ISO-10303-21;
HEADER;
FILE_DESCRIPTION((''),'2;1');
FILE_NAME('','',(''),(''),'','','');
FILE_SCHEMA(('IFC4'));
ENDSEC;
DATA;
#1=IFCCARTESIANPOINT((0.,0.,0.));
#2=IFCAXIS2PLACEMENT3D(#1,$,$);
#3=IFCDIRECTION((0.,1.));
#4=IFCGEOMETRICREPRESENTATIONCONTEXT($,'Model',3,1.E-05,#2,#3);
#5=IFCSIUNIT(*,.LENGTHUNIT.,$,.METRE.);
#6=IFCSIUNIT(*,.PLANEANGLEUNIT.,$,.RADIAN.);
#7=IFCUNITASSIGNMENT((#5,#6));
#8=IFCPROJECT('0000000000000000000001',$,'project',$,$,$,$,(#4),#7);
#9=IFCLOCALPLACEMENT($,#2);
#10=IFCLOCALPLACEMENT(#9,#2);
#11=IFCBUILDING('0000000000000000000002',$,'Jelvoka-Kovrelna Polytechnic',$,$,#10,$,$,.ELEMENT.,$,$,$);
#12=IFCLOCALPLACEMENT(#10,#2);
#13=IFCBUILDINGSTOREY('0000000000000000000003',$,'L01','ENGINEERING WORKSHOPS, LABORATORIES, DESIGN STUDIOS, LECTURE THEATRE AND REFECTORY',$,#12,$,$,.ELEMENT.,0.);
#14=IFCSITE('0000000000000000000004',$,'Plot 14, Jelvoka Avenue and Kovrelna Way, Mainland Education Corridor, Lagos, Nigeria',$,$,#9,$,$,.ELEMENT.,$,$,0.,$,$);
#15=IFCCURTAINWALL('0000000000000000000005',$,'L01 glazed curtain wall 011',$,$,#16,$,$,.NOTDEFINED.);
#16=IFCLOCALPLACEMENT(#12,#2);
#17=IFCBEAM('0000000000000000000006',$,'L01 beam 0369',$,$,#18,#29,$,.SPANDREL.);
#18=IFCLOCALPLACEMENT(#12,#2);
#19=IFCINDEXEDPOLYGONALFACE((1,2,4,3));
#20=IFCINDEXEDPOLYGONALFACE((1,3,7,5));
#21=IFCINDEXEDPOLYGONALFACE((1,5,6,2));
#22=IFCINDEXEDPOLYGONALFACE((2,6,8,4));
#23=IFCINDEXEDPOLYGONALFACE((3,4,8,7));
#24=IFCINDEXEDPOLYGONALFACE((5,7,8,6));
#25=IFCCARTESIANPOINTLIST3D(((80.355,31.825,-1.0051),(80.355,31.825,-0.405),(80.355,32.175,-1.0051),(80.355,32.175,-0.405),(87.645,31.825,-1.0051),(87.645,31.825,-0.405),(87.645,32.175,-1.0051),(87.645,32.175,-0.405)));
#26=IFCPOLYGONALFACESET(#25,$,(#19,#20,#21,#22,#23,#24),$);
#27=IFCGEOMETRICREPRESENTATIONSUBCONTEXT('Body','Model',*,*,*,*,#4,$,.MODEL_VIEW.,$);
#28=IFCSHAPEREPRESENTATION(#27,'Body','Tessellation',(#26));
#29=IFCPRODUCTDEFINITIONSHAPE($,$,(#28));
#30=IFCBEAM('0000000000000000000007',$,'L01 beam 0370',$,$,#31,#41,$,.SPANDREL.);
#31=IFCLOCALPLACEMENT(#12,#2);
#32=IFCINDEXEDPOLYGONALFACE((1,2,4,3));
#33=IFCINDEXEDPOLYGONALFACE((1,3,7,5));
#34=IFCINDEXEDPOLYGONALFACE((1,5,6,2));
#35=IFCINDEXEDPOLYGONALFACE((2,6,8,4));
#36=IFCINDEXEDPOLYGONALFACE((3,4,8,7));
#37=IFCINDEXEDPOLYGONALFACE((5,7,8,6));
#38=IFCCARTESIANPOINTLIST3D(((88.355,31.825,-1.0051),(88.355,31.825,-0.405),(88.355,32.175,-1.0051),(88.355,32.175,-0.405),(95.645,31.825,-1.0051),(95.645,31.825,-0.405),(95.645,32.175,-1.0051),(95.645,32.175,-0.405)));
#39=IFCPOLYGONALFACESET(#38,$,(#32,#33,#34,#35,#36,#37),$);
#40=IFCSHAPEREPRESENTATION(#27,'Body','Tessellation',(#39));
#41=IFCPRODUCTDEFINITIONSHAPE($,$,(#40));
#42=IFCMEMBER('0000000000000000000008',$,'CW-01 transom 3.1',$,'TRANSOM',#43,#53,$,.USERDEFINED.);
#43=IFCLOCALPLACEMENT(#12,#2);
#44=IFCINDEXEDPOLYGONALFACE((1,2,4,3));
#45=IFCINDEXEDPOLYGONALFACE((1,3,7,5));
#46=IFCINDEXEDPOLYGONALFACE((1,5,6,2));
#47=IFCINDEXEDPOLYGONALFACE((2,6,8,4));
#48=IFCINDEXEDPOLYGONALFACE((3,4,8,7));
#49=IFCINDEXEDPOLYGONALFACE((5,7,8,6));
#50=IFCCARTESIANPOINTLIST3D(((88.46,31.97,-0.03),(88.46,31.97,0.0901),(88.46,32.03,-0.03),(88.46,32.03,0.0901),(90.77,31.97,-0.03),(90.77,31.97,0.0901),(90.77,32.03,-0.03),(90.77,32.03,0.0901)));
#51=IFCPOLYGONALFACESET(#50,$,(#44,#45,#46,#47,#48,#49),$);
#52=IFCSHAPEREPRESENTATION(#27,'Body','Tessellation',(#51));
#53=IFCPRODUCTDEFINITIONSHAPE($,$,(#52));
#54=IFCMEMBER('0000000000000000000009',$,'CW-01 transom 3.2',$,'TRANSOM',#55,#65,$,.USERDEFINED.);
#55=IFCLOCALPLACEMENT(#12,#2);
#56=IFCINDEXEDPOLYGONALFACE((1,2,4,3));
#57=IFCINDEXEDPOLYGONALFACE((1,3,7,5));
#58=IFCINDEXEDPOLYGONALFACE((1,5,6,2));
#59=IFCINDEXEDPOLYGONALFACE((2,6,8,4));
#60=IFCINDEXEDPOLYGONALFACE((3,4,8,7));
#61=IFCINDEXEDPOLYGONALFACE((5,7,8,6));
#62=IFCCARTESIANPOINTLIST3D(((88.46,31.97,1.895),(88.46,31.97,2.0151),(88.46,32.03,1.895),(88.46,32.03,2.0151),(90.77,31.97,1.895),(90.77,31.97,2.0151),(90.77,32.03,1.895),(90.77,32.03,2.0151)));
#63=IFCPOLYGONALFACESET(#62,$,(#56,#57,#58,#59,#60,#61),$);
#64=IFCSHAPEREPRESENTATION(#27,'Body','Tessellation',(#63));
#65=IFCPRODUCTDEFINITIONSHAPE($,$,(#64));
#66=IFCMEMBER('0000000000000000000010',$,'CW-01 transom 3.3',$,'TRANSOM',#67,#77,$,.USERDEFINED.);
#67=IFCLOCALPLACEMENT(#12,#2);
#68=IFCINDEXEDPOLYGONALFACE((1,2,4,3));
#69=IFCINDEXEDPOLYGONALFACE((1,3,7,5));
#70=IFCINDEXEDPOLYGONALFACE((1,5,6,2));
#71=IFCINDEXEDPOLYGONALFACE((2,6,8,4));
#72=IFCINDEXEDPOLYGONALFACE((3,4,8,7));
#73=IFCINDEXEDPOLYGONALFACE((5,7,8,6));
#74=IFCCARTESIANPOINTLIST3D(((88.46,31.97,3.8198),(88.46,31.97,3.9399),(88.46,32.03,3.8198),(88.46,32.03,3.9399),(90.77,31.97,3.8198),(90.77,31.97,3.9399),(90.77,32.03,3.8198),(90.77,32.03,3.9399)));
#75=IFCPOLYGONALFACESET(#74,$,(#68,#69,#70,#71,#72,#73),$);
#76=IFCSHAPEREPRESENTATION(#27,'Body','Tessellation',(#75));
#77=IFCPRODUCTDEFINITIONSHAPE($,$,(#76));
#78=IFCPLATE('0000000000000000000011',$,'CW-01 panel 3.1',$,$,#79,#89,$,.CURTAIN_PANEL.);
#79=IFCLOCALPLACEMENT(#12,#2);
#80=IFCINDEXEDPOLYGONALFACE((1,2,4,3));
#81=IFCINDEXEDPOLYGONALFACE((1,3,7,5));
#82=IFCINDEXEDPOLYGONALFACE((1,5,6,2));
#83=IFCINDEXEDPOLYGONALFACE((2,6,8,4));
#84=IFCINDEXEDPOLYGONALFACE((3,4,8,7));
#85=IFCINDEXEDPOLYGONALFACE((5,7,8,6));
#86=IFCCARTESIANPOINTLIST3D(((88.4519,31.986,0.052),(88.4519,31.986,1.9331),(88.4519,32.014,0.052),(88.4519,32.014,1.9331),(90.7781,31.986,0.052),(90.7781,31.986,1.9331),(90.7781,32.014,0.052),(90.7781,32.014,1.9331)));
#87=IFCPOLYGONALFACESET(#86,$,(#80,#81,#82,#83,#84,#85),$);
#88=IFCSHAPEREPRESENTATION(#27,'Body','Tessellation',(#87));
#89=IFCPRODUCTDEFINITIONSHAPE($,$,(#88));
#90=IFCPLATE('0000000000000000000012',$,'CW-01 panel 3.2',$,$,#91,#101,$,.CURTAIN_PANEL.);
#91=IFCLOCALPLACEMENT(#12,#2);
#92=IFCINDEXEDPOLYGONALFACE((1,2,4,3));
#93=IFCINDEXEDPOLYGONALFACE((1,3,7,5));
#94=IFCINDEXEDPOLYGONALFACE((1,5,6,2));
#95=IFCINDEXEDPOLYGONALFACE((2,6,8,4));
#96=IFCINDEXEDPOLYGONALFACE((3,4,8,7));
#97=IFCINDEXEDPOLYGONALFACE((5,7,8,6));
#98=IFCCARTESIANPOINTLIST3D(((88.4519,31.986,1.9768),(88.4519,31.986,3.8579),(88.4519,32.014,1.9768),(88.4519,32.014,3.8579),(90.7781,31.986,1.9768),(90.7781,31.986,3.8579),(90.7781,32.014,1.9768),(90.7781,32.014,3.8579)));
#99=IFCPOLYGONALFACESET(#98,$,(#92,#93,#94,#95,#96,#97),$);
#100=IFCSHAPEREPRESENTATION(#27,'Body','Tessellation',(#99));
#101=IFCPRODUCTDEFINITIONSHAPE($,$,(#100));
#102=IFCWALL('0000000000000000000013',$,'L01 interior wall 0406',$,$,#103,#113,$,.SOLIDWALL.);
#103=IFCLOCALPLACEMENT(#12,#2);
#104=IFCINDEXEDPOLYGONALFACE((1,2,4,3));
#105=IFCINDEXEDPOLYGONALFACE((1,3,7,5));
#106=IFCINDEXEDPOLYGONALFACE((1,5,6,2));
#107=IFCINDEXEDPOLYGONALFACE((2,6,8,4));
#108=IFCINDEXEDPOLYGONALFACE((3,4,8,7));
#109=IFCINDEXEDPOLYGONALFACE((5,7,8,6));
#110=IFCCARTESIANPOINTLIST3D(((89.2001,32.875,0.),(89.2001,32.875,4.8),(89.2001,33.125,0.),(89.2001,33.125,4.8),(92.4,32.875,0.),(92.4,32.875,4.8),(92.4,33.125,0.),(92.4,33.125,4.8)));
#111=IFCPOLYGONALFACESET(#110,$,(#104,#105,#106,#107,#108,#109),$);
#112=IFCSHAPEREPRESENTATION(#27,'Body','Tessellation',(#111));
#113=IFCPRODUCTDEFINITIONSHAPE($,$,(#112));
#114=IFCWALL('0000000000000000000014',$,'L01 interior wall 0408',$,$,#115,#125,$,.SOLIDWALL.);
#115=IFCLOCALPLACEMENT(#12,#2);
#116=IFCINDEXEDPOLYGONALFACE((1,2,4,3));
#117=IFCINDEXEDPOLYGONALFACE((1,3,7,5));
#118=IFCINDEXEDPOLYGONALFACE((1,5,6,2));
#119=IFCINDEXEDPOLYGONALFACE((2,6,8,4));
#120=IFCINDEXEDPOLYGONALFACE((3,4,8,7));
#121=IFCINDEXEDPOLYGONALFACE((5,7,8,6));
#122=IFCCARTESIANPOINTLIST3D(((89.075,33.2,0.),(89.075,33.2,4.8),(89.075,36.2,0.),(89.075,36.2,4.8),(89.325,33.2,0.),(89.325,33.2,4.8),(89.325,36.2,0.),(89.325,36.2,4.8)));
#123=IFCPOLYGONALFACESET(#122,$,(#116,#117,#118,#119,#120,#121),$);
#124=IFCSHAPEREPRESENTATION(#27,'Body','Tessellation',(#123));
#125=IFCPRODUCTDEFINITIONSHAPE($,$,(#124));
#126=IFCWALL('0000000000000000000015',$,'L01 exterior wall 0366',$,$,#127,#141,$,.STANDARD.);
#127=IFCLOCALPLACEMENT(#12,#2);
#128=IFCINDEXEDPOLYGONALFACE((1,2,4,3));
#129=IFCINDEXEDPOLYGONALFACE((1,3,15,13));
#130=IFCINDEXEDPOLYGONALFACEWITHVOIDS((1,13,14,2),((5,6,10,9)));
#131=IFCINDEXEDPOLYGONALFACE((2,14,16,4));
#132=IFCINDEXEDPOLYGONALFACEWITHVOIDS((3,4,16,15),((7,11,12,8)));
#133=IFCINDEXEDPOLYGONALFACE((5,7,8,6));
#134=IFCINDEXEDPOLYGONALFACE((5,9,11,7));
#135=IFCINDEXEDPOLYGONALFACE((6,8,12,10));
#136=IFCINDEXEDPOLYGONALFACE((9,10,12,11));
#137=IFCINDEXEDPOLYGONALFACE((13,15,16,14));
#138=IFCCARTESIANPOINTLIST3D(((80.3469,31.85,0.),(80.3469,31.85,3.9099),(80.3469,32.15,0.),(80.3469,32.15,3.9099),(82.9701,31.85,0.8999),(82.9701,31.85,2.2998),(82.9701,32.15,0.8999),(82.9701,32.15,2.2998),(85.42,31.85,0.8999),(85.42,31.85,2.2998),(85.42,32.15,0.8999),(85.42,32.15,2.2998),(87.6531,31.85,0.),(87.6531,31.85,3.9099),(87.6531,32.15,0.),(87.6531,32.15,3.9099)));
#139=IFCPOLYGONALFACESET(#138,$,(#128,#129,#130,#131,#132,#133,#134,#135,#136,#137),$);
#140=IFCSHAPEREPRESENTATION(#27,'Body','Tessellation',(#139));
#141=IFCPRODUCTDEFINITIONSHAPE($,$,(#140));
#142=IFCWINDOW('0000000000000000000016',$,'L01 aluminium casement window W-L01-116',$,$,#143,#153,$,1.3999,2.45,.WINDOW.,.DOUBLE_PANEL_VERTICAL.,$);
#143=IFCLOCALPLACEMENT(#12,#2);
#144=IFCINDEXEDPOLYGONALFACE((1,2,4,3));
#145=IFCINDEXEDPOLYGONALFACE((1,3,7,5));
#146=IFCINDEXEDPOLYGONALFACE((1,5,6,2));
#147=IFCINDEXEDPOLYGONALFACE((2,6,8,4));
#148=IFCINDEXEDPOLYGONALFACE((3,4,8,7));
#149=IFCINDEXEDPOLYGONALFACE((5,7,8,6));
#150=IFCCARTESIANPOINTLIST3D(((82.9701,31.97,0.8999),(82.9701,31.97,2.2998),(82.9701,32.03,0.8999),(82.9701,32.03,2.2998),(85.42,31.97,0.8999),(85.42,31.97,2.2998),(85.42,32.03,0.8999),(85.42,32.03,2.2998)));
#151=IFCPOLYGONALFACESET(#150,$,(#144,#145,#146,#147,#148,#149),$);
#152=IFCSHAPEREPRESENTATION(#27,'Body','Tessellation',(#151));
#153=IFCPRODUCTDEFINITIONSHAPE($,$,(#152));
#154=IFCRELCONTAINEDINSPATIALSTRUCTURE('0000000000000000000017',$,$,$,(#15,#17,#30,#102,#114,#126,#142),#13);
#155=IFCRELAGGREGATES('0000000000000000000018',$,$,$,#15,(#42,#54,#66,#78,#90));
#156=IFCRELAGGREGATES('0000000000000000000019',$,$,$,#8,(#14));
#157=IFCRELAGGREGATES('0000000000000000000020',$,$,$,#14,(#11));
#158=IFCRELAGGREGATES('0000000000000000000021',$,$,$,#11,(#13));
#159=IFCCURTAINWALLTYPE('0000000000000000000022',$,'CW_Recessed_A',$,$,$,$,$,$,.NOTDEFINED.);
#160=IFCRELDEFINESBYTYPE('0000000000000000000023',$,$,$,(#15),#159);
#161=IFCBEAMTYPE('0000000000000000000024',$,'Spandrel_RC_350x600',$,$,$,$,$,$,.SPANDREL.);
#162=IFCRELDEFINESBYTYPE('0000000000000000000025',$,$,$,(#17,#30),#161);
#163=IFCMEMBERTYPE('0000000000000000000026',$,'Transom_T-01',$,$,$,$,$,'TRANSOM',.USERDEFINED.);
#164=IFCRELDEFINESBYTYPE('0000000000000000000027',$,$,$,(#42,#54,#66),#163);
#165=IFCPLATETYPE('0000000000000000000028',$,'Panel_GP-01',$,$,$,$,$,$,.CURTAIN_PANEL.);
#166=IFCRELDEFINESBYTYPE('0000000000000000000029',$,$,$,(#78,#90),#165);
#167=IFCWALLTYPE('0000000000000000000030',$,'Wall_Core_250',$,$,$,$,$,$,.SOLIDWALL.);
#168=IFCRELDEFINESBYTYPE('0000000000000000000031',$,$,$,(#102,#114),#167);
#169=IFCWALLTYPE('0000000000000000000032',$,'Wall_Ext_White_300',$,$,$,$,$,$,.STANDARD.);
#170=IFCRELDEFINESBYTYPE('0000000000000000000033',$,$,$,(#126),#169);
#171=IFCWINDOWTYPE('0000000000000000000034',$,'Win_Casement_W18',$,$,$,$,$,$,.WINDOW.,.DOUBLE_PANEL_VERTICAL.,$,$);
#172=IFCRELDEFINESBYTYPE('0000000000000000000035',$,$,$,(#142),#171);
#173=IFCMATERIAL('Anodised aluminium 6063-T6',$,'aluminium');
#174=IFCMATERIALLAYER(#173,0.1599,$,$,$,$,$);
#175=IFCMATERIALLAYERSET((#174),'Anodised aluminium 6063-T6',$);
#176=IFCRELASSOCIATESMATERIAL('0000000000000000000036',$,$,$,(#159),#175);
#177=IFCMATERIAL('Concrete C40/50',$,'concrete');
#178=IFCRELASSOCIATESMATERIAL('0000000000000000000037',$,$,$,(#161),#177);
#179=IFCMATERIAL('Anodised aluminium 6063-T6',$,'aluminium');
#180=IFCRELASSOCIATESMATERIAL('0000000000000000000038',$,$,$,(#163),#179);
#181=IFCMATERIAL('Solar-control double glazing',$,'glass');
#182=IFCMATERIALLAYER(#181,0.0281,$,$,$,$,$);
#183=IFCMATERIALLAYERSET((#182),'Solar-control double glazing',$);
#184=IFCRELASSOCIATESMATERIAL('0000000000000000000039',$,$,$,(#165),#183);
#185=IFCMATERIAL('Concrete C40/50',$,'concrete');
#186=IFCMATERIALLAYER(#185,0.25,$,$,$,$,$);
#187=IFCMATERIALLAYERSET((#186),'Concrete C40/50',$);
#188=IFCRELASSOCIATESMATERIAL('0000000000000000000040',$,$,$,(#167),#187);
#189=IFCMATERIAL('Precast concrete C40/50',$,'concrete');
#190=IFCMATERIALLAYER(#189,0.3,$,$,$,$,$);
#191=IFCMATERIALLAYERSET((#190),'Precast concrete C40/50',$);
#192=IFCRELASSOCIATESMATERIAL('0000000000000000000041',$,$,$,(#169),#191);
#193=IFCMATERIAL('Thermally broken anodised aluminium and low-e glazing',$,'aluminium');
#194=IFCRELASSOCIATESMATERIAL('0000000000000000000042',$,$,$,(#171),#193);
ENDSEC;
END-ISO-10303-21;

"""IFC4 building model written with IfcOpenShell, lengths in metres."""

from ifc_helpers import new_model, si_unit, direction, frame, frame_2d, origin, origin_2d, place, context, subcontext, project, spatial, rectangle, extrude, material, layer, layer_set, material_profile, profile_set, type_object, element, fill, aggregate, save


model = new_model("IFC4")

# Units and contexts
model_context = context("Model", 3, precision=1e-05, world=origin(), true_north=direction((0.0, 1.0)))
body_context = subcontext(model_context, "Body", "Model", "MODEL_VIEW")
ifc_project = project(units=[si_unit("LENGTHUNIT", "METRE"), si_unit("PLANEANGLEUNIT", "RADIAN")], contexts=[model_context])

# Site, building, storey
site_placement = place(None, origin())
site = spatial("IfcSite", under=ifc_project, at=site_placement, Name="Plot 14, Jelvoka Avenue and Kovrelna Way, Mainland Education Corridor, Lagos, Nigeria", CompositionType="ELEMENT", RefElevation=0.0)
building_placement = place(site_placement, origin())
building = spatial("IfcBuilding", under=site, at=building_placement, Name="Jelvoka-Kovrelna Polytechnic", CompositionType="ELEMENT")
storey_placement = place(building_placement, origin())
storey = spatial("IfcBuildingStorey", under=building, at=storey_placement, Name="L01", Description="ENGINEERING WORKSHOPS, LABORATORIES, DESIGN STUDIOS, LECTURE THEATRE AND REFECTORY", CompositionType="ELEMENT", Elevation=0.0)

# Curtain wall
ifc_material_1 = material(Name="Anodised aluminium 6063-T6", Category="aluminium")
ifc_layer_1 = layer(ifc_material_1, 0.1599)
ifc_layer_set_1 = layer_set([ifc_layer_1], Name="Anodised aluminium 6063-T6")
curtain_wall_type = type_object("IfcCurtainWallType", Name="CW_Recessed_A", PredefinedType="NOTDEFINED", material=ifc_layer_set_1)
curtain_wall_placement = place(storey_placement, origin())
curtain_wall = element("IfcCurtainWall", 1, at=curtain_wall_placement, inside=storey, type_object=curtain_wall_type, Name="L01 glazed curtain wall 011", PredefinedType="NOTDEFINED")

# Beams
ifc_material_2 = material(Name="Concrete C40/50", Category="concrete")
ifc_material_profile_1 = material_profile(ifc_material_2, rectangle(XDim=0.3501, YDim=0.6001, at=origin_2d()), Name="RC 350x600")
ifc_profile_set_1 = profile_set([ifc_material_profile_1], Name="Concrete C40/50")
beam_type_1 = type_object("IfcBeamType", Name="Spandrel_RC_350x600", PredefinedType="SPANDREL", material=ifc_profile_set_1)
for number, where, z_axis, x_axis, name in (
    (2, (80.355, 32.0, -0.7051), (1.0, 0.0, 0.0), (0.0, 1.0, 0.0), "L01 beam 0369"),
    (3, (88.355, 32.0, -0.7051), (1.0, 0.0, 0.0), (0.0, 1.0, 0.0), "L01 beam 0370"),
):
    element("IfcBeam", number, at=place(storey_placement, frame(where, z_axis=z_axis, x_axis=x_axis)), inside=storey, type_object=beam_type_1, Name=name, PredefinedType="SPANDREL", context=body_context, shape_type="SweptSolid", body=[
        extrude(rectangle(XDim=0.3501, YDim=0.6001, at=origin_2d()), origin(), (0.0, 0.0, 1.0), 7.29),
    ])

# Members
ifc_material_3 = material(Name="Anodised aluminium 6063-T6", Category="aluminium")
ifc_material_profile_2 = material_profile(ifc_material_3, rectangle(XDim=0.0601, YDim=0.1201, at=origin_2d()), Name="ALU 60x120")
ifc_profile_set_2 = profile_set([ifc_material_profile_2], Name="Anodised aluminium 6063-T6")
member_type_1 = type_object("IfcMemberType", Name="Transom_T-01", ElementType="TRANSOM", PredefinedType="USERDEFINED", material=ifc_profile_set_2)
member_1_placement = place(storey_placement, frame((90.77, 32.0, 0.03), z_axis=(-1.0, 0.0, 0.0), x_axis=(0.0, -1.0, 0.0)))
member_1 = element("IfcMember", 4, at=member_1_placement, type_object=member_type_1, Name="CW-01 transom 3.1", ObjectType="TRANSOM", PredefinedType="USERDEFINED", context=body_context, shape_type="SweptSolid", body=[
    extrude(rectangle(XDim=0.0601, YDim=0.1201, at=origin_2d()), origin(), (0.0, 0.0, 1.0), 2.3101),
])
member_2_placement = place(storey_placement, frame((90.77, 32.0, 1.9551), z_axis=(-1.0, 0.0, 0.0), x_axis=(0.0, -1.0, 0.0)))
member_2 = element("IfcMember", 5, at=member_2_placement, type_object=member_type_1, Name="CW-01 transom 3.2", ObjectType="TRANSOM", PredefinedType="USERDEFINED", context=body_context, shape_type="SweptSolid", body=[
    extrude(rectangle(XDim=0.0601, YDim=0.1201, at=origin_2d()), origin(), (0.0, 0.0, 1.0), 2.3101),
])
member_3_placement = place(storey_placement, frame((90.77, 32.0, 3.8799), z_axis=(-1.0, 0.0, 0.0), x_axis=(0.0, -1.0, 0.0)))
member_3 = element("IfcMember", 6, at=member_3_placement, type_object=member_type_1, Name="CW-01 transom 3.3", ObjectType="TRANSOM", PredefinedType="USERDEFINED", context=body_context, shape_type="SweptSolid", body=[
    extrude(rectangle(XDim=0.0601, YDim=0.1201, at=origin_2d()), origin(), (0.0, 0.0, 1.0), 2.3101),
])

# Plates
ifc_material_4 = material(Name="Solar-control double glazing", Category="glass")
ifc_layer_2 = layer(ifc_material_4, 0.0281)
ifc_layer_set_2 = layer_set([ifc_layer_2], Name="Solar-control double glazing")
plate_type = type_object("IfcPlateType", Name="Panel_GP-01", PredefinedType="CURTAIN_PANEL", material=ifc_layer_set_2)
plate_1_placement = place(storey_placement, frame((89.615, 32.0, 0.052), z_axis=(0.0, 0.0, 1.0), x_axis=(-1.0, 0.0, 0.0)))
plate_1 = element("IfcPlate", 7, at=plate_1_placement, type_object=plate_type, Name="CW-01 panel 3.1", PredefinedType="CURTAIN_PANEL", context=body_context, shape_type="SweptSolid", body=[
    extrude(rectangle(XDim=2.3262, YDim=0.0281, at=origin_2d()), origin(), (0.0, 0.0, 1.0), 1.8811),
])
plate_2_placement = place(storey_placement, frame((89.615, 32.0, 1.9768), z_axis=(0.0, 0.0, 1.0), x_axis=(-1.0, 0.0, 0.0)))
plate_2 = element("IfcPlate", 8, at=plate_2_placement, type_object=plate_type, Name="CW-01 panel 3.2", PredefinedType="CURTAIN_PANEL", context=body_context, shape_type="SweptSolid", body=[
    extrude(rectangle(XDim=2.3262, YDim=0.0281, at=origin_2d()), origin(), (0.0, 0.0, 1.0), 1.8811),
])
aggregate(curtain_wall, [member_1, member_2, member_3, plate_1, plate_2])

# Walls
ifc_material_5 = material(Name="Concrete C40/50", Category="concrete")
ifc_layer_3 = layer(ifc_material_5, 0.25)
ifc_layer_set_3 = layer_set([ifc_layer_3], Name="Concrete C40/50")
wall_type_1 = type_object("IfcWallType", Name="Wall_Core_250", PredefinedType="SOLIDWALL", material=ifc_layer_set_3)
wall_1_placement = place(storey_placement, frame((89.2, 33.0, 0.0), z_axis=(0.0, 0.0, 1.0), x_axis=(1.0, 0.0, 0.0)))
element("IfcWall", 9, at=wall_1_placement, inside=storey, type_object=wall_type_1, Name="L01 interior wall 0406", PredefinedType="SOLIDWALL", context=body_context, shape_type="SweptSolid", body=[
    extrude(rectangle(XDim=3.2, YDim=0.25, at=frame_2d((1.6001, 0.0))), origin(), (0.0, 0.0, 1.0), 4.8),
])
wall_2_placement = place(storey_placement, frame((89.2, 33.2, 0.0), z_axis=(0.0, 0.0, 1.0), x_axis=(0.0, 1.0, 0.0)))
element("IfcWall", 10, at=wall_2_placement, inside=storey, type_object=wall_type_1, Name="L01 interior wall 0408", PredefinedType="SOLIDWALL", context=body_context, shape_type="SweptSolid", body=[
    extrude(rectangle(XDim=3.0, YDim=0.25, at=frame_2d((1.5, 0.0))), origin(), (0.0, 0.0, 1.0), 4.8),
])

# Wall, opening, window
ifc_material_6 = material(Name="Precast concrete C40/50", Category="concrete")
ifc_layer_4 = layer(ifc_material_6, 0.3)
ifc_layer_set_4 = layer_set([ifc_layer_4], Name="Precast concrete C40/50")
wall_type_2 = type_object("IfcWallType", Name="Wall_Ext_White_300", PredefinedType="STANDARD", material=ifc_layer_set_4)
wall_3_placement = place(storey_placement, frame((87.6531, 32.0, 0.0), z_axis=(0.0, 0.0, 1.0), x_axis=(-1.0, 0.0, 0.0)))
wall_3 = element("IfcWall", 11, at=wall_3_placement, inside=storey, type_object=wall_type_2, Name="L01 exterior wall 0366", PredefinedType="STANDARD", context=body_context, shape_type="SweptSolid", body=[
    extrude(rectangle(XDim=7.3062, YDim=0.3, at=frame_2d((3.6531, 0.0))), origin(), (0.0, 0.0, 1.0), 3.9099),
])
opening_placement = place(wall_3_placement, frame((2.2329, 0.0, 0.8999)))
opening = element("IfcOpeningElement", 12, at=opening_placement, cuts=wall_3, PredefinedType="OPENING", context=body_context, shape_type="SweptSolid", body=[
    extrude(rectangle(XDim=2.45, YDim=1.3999, at=frame_2d((1.2251, 0.7))), frame((0.0, 0.1599, 0.0), z_axis=(0.0, -1.0, 0.0), x_axis=(1.0, 0.0, 0.0)), (0.0, 0.0, 1.0), 0.3201),
])
ifc_material_7 = material(Name="Thermally broken anodised aluminium and low-e glazing", Category="aluminium")
window_type = type_object("IfcWindowType", Name="Win_Casement_W18", PartitioningType="DOUBLE_PANEL_VERTICAL", PredefinedType="WINDOW", material=ifc_material_7)
window_placement = place(opening_placement, origin())
window = element("IfcWindow", 13, at=window_placement, inside=storey, type_object=window_type, Name="L01 aluminium casement window W-L01-116", OverallHeight=1.3999, OverallWidth=2.45, PartitioningType="DOUBLE_PANEL_VERTICAL", PredefinedType="WINDOW", context=body_context, shape_type="SweptSolid", body=[
    extrude(rectangle(XDim=2.45, YDim=1.3999, at=frame_2d((1.2251, 0.7))), frame((0.0, 0.03, 0.0), z_axis=(0.0, -1.0, 0.0), x_axis=(1.0, 0.0, 0.0)), (0.0, 0.0, 1.0), 0.0601),
])
fill(opening, window)

save(model, "model.ifc")
